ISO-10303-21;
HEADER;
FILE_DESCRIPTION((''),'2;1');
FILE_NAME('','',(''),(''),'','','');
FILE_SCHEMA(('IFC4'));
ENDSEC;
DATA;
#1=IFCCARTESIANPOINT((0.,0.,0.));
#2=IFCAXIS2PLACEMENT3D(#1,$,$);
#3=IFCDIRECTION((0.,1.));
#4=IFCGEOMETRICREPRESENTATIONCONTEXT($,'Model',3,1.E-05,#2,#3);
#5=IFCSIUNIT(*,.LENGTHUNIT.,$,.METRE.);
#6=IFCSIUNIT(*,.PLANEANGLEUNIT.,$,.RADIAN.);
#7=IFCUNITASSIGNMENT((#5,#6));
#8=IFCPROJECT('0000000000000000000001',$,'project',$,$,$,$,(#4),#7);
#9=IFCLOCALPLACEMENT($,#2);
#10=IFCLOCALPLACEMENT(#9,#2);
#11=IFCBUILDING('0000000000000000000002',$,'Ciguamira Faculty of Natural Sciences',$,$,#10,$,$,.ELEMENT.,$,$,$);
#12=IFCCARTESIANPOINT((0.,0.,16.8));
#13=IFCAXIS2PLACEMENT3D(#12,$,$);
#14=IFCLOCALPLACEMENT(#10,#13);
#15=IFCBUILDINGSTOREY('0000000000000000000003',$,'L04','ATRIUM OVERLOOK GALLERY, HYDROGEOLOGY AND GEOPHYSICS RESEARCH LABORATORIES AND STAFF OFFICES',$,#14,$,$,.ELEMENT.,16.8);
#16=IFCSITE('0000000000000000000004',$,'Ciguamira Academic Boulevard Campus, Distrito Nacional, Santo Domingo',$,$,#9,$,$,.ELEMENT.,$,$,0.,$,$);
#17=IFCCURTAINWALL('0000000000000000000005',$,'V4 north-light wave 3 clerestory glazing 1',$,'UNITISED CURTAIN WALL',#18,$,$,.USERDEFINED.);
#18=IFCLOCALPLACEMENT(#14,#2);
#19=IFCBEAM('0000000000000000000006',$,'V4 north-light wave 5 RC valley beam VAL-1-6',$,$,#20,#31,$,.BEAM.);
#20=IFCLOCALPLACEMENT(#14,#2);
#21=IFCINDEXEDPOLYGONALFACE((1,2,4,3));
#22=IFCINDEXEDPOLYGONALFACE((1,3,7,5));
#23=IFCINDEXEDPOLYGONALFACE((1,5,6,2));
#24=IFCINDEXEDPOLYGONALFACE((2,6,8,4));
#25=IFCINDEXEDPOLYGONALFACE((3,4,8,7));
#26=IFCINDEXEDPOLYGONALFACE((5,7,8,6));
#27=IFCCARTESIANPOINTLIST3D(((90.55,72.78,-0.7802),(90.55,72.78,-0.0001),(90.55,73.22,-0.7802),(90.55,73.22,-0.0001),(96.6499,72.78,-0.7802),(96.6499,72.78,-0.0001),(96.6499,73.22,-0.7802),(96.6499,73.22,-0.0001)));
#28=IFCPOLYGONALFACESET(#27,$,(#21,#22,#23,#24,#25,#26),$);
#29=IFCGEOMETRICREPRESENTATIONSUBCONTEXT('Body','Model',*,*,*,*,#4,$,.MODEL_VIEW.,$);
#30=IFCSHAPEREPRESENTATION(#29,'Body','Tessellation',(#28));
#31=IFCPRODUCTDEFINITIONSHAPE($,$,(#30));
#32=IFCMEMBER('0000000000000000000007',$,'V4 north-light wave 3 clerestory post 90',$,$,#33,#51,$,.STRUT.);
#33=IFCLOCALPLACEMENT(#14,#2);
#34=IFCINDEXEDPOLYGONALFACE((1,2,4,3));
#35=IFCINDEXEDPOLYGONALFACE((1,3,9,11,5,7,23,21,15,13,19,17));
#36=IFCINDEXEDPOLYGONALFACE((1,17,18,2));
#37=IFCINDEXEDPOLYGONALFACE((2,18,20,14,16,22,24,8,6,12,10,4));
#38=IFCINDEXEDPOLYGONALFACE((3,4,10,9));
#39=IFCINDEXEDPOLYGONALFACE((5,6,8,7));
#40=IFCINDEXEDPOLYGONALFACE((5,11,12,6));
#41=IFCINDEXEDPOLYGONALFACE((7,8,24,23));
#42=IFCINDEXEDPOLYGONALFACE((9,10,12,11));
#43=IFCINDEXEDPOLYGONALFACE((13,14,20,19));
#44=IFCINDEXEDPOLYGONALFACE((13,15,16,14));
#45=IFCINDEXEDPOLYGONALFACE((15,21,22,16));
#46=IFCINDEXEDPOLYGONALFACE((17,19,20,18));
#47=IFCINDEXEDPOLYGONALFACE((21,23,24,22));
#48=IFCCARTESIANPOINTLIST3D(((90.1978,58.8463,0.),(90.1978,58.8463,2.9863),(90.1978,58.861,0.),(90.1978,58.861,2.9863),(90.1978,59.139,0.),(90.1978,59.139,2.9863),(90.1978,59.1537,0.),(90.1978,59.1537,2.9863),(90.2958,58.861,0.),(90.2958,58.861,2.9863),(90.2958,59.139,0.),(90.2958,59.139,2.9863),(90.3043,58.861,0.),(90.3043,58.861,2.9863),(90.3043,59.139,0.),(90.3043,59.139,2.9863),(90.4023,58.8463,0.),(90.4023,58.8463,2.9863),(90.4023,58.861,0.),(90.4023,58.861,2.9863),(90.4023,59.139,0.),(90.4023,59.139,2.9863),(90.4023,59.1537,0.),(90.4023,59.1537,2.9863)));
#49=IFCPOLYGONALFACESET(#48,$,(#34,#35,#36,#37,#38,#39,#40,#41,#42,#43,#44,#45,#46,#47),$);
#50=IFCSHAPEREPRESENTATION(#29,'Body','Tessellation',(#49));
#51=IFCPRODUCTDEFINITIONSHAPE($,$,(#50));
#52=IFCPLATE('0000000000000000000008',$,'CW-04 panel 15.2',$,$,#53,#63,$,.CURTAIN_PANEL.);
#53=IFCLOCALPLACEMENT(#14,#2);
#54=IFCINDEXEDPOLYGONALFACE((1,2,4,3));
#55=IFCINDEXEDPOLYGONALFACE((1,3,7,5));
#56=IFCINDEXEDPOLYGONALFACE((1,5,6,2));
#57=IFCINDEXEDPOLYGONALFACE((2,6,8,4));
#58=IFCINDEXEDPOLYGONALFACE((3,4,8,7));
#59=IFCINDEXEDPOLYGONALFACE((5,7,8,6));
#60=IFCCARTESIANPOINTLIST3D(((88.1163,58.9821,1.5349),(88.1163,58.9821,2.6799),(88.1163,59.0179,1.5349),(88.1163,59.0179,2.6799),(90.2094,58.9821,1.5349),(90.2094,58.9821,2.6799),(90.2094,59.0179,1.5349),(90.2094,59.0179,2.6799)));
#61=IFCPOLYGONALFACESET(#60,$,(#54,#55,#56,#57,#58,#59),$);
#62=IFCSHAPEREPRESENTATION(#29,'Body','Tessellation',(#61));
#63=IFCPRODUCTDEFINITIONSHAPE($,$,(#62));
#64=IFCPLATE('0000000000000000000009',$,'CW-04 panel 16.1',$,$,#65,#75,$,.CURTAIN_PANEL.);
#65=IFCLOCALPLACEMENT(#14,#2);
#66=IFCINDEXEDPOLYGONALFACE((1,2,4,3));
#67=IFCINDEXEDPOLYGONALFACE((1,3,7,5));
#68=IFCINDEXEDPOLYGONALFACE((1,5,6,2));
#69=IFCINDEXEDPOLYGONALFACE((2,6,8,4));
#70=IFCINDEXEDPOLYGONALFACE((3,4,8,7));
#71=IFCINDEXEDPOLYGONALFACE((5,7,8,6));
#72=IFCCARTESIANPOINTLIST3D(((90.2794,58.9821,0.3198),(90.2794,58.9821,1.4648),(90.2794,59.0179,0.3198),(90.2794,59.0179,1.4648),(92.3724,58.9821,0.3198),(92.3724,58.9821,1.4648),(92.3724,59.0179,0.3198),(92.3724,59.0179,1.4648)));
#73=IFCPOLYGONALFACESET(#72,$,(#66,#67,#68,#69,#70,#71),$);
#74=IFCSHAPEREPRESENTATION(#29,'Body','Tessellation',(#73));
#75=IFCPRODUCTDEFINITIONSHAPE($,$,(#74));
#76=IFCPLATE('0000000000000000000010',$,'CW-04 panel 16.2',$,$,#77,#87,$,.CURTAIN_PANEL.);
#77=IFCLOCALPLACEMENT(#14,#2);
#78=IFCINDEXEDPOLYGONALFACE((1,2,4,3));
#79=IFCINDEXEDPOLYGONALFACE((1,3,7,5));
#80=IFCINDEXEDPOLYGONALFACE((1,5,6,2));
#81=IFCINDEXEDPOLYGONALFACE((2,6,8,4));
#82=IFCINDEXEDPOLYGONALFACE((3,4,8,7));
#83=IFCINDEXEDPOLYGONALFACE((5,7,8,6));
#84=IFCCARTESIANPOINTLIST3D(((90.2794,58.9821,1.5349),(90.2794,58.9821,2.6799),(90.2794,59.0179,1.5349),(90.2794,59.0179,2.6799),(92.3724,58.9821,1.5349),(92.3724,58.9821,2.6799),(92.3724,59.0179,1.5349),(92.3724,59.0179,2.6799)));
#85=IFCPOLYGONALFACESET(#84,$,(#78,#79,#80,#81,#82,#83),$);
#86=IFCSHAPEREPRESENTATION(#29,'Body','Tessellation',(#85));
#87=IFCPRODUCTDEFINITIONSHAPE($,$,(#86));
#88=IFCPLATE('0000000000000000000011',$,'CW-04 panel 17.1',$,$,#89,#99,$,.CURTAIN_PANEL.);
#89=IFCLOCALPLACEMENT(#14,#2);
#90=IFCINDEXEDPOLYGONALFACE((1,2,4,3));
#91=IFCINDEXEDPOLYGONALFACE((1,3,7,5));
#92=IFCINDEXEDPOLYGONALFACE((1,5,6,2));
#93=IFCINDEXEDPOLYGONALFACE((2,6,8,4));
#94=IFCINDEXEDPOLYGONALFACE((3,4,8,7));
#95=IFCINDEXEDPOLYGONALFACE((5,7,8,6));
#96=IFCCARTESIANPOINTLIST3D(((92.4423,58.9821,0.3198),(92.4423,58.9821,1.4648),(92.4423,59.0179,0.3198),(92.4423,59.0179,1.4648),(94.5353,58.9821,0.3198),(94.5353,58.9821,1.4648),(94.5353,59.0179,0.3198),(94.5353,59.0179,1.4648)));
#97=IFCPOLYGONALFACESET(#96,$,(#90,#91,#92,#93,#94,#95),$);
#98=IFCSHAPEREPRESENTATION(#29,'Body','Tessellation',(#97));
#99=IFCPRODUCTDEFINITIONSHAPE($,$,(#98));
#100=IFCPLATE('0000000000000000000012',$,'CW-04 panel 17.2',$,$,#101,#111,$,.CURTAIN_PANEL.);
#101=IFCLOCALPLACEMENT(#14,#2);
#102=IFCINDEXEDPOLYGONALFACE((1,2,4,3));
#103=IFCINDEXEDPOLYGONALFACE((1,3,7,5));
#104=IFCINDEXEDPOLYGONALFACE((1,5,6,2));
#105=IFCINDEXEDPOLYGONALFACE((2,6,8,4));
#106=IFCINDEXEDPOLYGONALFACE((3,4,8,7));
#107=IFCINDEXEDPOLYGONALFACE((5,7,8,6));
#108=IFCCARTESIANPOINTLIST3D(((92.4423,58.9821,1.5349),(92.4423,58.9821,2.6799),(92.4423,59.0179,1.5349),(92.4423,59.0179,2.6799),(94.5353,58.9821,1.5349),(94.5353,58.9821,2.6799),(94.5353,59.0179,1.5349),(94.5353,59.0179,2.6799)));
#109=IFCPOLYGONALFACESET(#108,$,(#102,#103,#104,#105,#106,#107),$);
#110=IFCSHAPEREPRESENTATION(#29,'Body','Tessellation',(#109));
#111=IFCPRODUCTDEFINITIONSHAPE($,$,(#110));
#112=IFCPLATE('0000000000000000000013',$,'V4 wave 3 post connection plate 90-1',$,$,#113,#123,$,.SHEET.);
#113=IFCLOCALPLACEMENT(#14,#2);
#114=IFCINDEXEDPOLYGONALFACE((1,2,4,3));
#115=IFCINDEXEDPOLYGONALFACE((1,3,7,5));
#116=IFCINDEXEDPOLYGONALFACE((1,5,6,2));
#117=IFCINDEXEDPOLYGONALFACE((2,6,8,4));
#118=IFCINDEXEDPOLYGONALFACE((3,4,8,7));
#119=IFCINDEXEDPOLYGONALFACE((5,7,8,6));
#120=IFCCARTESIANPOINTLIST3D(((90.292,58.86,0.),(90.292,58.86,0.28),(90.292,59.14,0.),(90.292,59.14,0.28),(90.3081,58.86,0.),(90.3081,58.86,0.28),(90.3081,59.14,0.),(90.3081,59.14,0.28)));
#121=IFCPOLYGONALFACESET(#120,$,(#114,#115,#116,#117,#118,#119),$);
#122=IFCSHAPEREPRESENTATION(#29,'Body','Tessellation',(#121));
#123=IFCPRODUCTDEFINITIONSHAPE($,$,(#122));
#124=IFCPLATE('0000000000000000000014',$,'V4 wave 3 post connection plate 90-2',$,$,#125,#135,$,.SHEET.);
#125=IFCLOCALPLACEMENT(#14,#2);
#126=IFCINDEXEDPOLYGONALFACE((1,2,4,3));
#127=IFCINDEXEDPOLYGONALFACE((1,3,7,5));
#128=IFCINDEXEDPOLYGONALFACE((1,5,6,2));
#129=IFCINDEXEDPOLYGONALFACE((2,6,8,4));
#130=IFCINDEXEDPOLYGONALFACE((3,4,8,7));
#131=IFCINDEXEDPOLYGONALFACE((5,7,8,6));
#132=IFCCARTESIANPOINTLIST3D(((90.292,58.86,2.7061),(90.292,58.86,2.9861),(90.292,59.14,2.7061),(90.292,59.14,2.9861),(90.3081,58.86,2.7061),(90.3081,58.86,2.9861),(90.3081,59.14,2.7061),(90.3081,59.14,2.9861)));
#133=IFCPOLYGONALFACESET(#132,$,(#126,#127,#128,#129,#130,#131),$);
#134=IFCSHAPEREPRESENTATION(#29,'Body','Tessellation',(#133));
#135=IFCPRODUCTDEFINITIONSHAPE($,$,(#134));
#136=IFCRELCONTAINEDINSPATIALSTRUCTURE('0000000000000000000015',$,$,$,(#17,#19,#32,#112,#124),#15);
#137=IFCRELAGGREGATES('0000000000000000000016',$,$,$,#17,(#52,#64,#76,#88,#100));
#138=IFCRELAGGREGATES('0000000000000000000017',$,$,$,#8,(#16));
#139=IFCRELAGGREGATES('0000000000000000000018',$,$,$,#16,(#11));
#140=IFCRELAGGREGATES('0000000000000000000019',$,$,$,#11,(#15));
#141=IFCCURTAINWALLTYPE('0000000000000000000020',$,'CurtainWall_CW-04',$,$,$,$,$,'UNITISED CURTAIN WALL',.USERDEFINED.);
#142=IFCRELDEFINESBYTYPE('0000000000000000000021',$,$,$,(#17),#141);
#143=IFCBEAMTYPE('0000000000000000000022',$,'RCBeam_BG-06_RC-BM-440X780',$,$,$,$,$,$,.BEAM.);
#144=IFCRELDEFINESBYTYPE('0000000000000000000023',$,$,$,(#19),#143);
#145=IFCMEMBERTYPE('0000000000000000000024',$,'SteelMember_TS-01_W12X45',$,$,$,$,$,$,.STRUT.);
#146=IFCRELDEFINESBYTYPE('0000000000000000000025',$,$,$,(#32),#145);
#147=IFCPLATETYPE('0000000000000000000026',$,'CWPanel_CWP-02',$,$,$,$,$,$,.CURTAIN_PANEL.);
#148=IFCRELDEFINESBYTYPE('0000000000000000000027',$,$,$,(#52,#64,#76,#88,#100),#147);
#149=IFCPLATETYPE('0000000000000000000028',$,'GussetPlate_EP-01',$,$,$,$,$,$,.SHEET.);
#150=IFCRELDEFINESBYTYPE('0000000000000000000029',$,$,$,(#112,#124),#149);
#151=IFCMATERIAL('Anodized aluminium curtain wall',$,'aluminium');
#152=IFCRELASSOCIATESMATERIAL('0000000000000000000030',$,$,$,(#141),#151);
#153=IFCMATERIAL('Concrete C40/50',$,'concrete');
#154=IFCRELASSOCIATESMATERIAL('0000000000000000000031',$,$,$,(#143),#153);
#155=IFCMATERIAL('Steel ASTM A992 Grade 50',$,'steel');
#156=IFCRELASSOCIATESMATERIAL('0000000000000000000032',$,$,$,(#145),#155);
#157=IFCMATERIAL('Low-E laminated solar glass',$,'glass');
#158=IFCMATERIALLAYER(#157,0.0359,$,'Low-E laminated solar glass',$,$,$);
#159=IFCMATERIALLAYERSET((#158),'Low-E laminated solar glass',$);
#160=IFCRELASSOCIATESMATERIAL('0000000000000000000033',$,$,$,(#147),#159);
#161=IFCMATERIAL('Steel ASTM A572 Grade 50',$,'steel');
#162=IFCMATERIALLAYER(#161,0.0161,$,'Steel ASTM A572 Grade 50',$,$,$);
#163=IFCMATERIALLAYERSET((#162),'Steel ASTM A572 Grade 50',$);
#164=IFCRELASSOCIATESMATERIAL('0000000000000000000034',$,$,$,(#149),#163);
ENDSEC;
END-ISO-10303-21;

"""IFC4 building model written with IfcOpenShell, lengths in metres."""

from ifc_helpers import new_model, si_unit, direction, frame, origin, origin_2d, place, context, subcontext, project, spatial, rectangle, i_section, extrude, material, layer, layer_set, material_profile, profile_set, type_object, element, aggregate, save


model = new_model("IFC4")

# Units and contexts
model_context = context("Model", 3, precision=1e-05, world=origin(), true_north=direction((0.0, 1.0)))
body_context = subcontext(model_context, "Body", "Model", "MODEL_VIEW")
ifc_project = project(units=[si_unit("LENGTHUNIT", "METRE"), si_unit("PLANEANGLEUNIT", "RADIAN")], contexts=[model_context])

# Site, building, storey
site_placement = place(None, origin())
site = spatial("IfcSite", under=ifc_project, at=site_placement, Name="Ciguamira Academic Boulevard Campus, Distrito Nacional, Santo Domingo", CompositionType="ELEMENT", RefElevation=0.0)
building_placement = place(site_placement, origin())
building = spatial("IfcBuilding", under=site, at=building_placement, Name="Ciguamira Faculty of Natural Sciences", CompositionType="ELEMENT")
storey_placement = place(building_placement, frame((0.0, 0.0, 16.8)))
storey = spatial("IfcBuildingStorey", under=building, at=storey_placement, Name="L04", Description="ATRIUM OVERLOOK GALLERY, HYDROGEOLOGY AND GEOPHYSICS RESEARCH LABORATORIES AND STAFF OFFICES", CompositionType="ELEMENT", Elevation=16.8)

# Curtain wall
ifc_material_1 = material(Name="Anodized aluminium curtain wall", Category="aluminium")
curtain_wall_type = type_object("IfcCurtainWallType", Name="CurtainWall_CW-04", ElementType="UNITISED CURTAIN WALL", PredefinedType="USERDEFINED", material=ifc_material_1)
curtain_wall_placement = place(storey_placement, origin())
curtain_wall = element("IfcCurtainWall", 1, at=curtain_wall_placement, inside=storey, type_object=curtain_wall_type, Name="V4 north-light wave 3 clerestory glazing 1", ObjectType="UNITISED CURTAIN WALL", PredefinedType="USERDEFINED")

# Beam
ifc_material_2 = material(Name="Concrete C40/50", Category="concrete")
ifc_material_profile_1 = material_profile(ifc_material_2, rectangle(XDim=0.4399, YDim=0.78, at=origin_2d()), Name="RC-BM-440X780")
ifc_profile_set_1 = profile_set([ifc_material_profile_1], Name="Concrete C40/50")
beam_type = type_object("IfcBeamType", Name="RCBeam_BG-06_RC-BM-440X780", PredefinedType="BEAM", material=ifc_profile_set_1)
beam_1_placement = place(storey_placement, frame((90.55, 73.0, -0.3901), z_axis=(1.0, 0.0, 0.0), x_axis=(0.0, 1.0, 0.0)))
element("IfcBeam", 2, at=beam_1_placement, inside=storey, type_object=beam_type, Name="V4 north-light wave 5 RC valley beam VAL-1-6", PredefinedType="BEAM", context=body_context, shape_type="SweptSolid", body=[
    extrude(rectangle(XDim=0.4399, YDim=0.78, at=origin_2d()), origin(), (0.0, 0.0, 1.0), 6.0999),
])

# Member
ifc_material_3 = material(Name="Steel ASTM A992 Grade 50", Category="steel")
ifc_material_profile_2 = material_profile(ifc_material_3, i_section(OverallWidth=0.2046, OverallDepth=0.3074, WebThickness=0.0085, FlangeThickness=0.0146, at=origin_2d()), Name="W12X45")
ifc_profile_set_2 = profile_set([ifc_material_profile_2], Name="Steel ASTM A992 Grade 50")
member_type_1 = type_object("IfcMemberType", Name="SteelMember_TS-01_W12X45", PredefinedType="STRUT", material=ifc_profile_set_2)
member_1_placement = place(storey_placement, frame((90.3, 59.0, 0.0), z_axis=(0.0, 0.0, 1.0), x_axis=(1.0, 0.0, 0.0)))
element("IfcMember", 3, at=member_1_placement, inside=storey, type_object=member_type_1, Name="V4 north-light wave 3 clerestory post 90", PredefinedType="STRUT", context=body_context, shape_type="SweptSolid", body=[
    extrude(i_section(OverallWidth=0.2046, OverallDepth=0.3074, WebThickness=0.0085, FlangeThickness=0.0146, at=origin_2d()), origin(), (0.0, 0.0, 1.0), 2.9863),
])

# Plates
ifc_material_4 = material(Name="Low-E laminated solar glass", Category="glass")
ifc_layer_1 = layer(ifc_material_4, 0.0359, Name="Low-E laminated solar glass")
ifc_layer_set_1 = layer_set([ifc_layer_1], Name="Low-E laminated solar glass")
plate_type_1 = type_object("IfcPlateType", Name="CWPanel_CWP-02", PredefinedType="CURTAIN_PANEL", material=ifc_layer_set_1)
plate_1_placement = place(storey_placement, frame((89.1628, 59.0, 1.5349), z_axis=(0.0, 0.0, 1.0), x_axis=(1.0, 0.0, 0.0)))
plate_1 = element("IfcPlate", 4, at=plate_1_placement, type_object=plate_type_1, Name="CW-04 panel 15.2", PredefinedType="CURTAIN_PANEL", context=body_context, shape_type="SweptSolid", body=[
    extrude(rectangle(XDim=2.093, YDim=0.0359, at=origin_2d()), origin(), (0.0, 0.0, 1.0), 1.145),
])
plate_2_placement = place(storey_placement, frame((91.3259, 59.0, 0.3198), z_axis=(0.0, 0.0, 1.0), x_axis=(1.0, 0.0, 0.0)))
plate_2 = element("IfcPlate", 5, at=plate_2_placement, type_object=plate_type_1, Name="CW-04 panel 16.1", PredefinedType="CURTAIN_PANEL", context=body_context, shape_type="SweptSolid", body=[
    extrude(rectangle(XDim=2.093, YDim=0.0359, at=origin_2d()), origin(), (0.0, 0.0, 1.0), 1.145),
])
plate_3_placement = place(storey_placement, frame((91.3259, 59.0, 1.5349), z_axis=(0.0, 0.0, 1.0), x_axis=(1.0, 0.0, 0.0)))
plate_3 = element("IfcPlate", 6, at=plate_3_placement, type_object=plate_type_1, Name="CW-04 panel 16.2", PredefinedType="CURTAIN_PANEL", context=body_context, shape_type="SweptSolid", body=[
    extrude(rectangle(XDim=2.093, YDim=0.0359, at=origin_2d()), origin(), (0.0, 0.0, 1.0), 1.145),
])
plate_4_placement = place(storey_placement, frame((93.4888, 59.0, 0.3198), z_axis=(0.0, 0.0, 1.0), x_axis=(1.0, 0.0, 0.0)))
plate_4 = element("IfcPlate", 7, at=plate_4_placement, type_object=plate_type_1, Name="CW-04 panel 17.1", PredefinedType="CURTAIN_PANEL", context=body_context, shape_type="SweptSolid", body=[
    extrude(rectangle(XDim=2.093, YDim=0.0359, at=origin_2d()), origin(), (0.0, 0.0, 1.0), 1.145),
])
plate_5_placement = place(storey_placement, frame((93.4888, 59.0, 1.5349), z_axis=(0.0, 0.0, 1.0), x_axis=(1.0, 0.0, 0.0)))
plate_5 = element("IfcPlate", 8, at=plate_5_placement, type_object=plate_type_1, Name="CW-04 panel 17.2", PredefinedType="CURTAIN_PANEL", context=body_context, shape_type="SweptSolid", body=[
    extrude(rectangle(XDim=2.093, YDim=0.0359, at=origin_2d()), origin(), (0.0, 0.0, 1.0), 1.145),
])
aggregate(curtain_wall, [plate_1, plate_2, plate_3, plate_4, plate_5])

# Plates
ifc_material_5 = material(Name="Steel ASTM A572 Grade 50", Category="steel")
ifc_layer_2 = layer(ifc_material_5, 0.0161, Name="Steel ASTM A572 Grade 50")
ifc_layer_set_2 = layer_set([ifc_layer_2], Name="Steel ASTM A572 Grade 50")
plate_type_2 = type_object("IfcPlateType", Name="GussetPlate_EP-01", PredefinedType="SHEET", material=ifc_layer_set_2)
for number, where, z_axis, x_axis, name in (
    (9, (90.3, 59.0, 0.0), (0.0, 0.0, 1.0), (1.0, 0.0, 0.0), "V4 wave 3 post connection plate 90-1"),
    (10, (90.3, 59.0, 2.7061), (0.0, 0.0, 1.0), (1.0, 0.0, 0.0), "V4 wave 3 post connection plate 90-2"),
):
    element("IfcPlate", number, at=place(storey_placement, frame(where, z_axis=z_axis, x_axis=x_axis)), inside=storey, type_object=plate_type_2, Name=name, PredefinedType="SHEET", context=body_context, shape_type="SweptSolid", body=[
        extrude(rectangle(XDim=0.0161, YDim=0.28, at=origin_2d()), origin(), (0.0, 0.0, 1.0), 0.28),
    ])

save(model, "model.ifc")
